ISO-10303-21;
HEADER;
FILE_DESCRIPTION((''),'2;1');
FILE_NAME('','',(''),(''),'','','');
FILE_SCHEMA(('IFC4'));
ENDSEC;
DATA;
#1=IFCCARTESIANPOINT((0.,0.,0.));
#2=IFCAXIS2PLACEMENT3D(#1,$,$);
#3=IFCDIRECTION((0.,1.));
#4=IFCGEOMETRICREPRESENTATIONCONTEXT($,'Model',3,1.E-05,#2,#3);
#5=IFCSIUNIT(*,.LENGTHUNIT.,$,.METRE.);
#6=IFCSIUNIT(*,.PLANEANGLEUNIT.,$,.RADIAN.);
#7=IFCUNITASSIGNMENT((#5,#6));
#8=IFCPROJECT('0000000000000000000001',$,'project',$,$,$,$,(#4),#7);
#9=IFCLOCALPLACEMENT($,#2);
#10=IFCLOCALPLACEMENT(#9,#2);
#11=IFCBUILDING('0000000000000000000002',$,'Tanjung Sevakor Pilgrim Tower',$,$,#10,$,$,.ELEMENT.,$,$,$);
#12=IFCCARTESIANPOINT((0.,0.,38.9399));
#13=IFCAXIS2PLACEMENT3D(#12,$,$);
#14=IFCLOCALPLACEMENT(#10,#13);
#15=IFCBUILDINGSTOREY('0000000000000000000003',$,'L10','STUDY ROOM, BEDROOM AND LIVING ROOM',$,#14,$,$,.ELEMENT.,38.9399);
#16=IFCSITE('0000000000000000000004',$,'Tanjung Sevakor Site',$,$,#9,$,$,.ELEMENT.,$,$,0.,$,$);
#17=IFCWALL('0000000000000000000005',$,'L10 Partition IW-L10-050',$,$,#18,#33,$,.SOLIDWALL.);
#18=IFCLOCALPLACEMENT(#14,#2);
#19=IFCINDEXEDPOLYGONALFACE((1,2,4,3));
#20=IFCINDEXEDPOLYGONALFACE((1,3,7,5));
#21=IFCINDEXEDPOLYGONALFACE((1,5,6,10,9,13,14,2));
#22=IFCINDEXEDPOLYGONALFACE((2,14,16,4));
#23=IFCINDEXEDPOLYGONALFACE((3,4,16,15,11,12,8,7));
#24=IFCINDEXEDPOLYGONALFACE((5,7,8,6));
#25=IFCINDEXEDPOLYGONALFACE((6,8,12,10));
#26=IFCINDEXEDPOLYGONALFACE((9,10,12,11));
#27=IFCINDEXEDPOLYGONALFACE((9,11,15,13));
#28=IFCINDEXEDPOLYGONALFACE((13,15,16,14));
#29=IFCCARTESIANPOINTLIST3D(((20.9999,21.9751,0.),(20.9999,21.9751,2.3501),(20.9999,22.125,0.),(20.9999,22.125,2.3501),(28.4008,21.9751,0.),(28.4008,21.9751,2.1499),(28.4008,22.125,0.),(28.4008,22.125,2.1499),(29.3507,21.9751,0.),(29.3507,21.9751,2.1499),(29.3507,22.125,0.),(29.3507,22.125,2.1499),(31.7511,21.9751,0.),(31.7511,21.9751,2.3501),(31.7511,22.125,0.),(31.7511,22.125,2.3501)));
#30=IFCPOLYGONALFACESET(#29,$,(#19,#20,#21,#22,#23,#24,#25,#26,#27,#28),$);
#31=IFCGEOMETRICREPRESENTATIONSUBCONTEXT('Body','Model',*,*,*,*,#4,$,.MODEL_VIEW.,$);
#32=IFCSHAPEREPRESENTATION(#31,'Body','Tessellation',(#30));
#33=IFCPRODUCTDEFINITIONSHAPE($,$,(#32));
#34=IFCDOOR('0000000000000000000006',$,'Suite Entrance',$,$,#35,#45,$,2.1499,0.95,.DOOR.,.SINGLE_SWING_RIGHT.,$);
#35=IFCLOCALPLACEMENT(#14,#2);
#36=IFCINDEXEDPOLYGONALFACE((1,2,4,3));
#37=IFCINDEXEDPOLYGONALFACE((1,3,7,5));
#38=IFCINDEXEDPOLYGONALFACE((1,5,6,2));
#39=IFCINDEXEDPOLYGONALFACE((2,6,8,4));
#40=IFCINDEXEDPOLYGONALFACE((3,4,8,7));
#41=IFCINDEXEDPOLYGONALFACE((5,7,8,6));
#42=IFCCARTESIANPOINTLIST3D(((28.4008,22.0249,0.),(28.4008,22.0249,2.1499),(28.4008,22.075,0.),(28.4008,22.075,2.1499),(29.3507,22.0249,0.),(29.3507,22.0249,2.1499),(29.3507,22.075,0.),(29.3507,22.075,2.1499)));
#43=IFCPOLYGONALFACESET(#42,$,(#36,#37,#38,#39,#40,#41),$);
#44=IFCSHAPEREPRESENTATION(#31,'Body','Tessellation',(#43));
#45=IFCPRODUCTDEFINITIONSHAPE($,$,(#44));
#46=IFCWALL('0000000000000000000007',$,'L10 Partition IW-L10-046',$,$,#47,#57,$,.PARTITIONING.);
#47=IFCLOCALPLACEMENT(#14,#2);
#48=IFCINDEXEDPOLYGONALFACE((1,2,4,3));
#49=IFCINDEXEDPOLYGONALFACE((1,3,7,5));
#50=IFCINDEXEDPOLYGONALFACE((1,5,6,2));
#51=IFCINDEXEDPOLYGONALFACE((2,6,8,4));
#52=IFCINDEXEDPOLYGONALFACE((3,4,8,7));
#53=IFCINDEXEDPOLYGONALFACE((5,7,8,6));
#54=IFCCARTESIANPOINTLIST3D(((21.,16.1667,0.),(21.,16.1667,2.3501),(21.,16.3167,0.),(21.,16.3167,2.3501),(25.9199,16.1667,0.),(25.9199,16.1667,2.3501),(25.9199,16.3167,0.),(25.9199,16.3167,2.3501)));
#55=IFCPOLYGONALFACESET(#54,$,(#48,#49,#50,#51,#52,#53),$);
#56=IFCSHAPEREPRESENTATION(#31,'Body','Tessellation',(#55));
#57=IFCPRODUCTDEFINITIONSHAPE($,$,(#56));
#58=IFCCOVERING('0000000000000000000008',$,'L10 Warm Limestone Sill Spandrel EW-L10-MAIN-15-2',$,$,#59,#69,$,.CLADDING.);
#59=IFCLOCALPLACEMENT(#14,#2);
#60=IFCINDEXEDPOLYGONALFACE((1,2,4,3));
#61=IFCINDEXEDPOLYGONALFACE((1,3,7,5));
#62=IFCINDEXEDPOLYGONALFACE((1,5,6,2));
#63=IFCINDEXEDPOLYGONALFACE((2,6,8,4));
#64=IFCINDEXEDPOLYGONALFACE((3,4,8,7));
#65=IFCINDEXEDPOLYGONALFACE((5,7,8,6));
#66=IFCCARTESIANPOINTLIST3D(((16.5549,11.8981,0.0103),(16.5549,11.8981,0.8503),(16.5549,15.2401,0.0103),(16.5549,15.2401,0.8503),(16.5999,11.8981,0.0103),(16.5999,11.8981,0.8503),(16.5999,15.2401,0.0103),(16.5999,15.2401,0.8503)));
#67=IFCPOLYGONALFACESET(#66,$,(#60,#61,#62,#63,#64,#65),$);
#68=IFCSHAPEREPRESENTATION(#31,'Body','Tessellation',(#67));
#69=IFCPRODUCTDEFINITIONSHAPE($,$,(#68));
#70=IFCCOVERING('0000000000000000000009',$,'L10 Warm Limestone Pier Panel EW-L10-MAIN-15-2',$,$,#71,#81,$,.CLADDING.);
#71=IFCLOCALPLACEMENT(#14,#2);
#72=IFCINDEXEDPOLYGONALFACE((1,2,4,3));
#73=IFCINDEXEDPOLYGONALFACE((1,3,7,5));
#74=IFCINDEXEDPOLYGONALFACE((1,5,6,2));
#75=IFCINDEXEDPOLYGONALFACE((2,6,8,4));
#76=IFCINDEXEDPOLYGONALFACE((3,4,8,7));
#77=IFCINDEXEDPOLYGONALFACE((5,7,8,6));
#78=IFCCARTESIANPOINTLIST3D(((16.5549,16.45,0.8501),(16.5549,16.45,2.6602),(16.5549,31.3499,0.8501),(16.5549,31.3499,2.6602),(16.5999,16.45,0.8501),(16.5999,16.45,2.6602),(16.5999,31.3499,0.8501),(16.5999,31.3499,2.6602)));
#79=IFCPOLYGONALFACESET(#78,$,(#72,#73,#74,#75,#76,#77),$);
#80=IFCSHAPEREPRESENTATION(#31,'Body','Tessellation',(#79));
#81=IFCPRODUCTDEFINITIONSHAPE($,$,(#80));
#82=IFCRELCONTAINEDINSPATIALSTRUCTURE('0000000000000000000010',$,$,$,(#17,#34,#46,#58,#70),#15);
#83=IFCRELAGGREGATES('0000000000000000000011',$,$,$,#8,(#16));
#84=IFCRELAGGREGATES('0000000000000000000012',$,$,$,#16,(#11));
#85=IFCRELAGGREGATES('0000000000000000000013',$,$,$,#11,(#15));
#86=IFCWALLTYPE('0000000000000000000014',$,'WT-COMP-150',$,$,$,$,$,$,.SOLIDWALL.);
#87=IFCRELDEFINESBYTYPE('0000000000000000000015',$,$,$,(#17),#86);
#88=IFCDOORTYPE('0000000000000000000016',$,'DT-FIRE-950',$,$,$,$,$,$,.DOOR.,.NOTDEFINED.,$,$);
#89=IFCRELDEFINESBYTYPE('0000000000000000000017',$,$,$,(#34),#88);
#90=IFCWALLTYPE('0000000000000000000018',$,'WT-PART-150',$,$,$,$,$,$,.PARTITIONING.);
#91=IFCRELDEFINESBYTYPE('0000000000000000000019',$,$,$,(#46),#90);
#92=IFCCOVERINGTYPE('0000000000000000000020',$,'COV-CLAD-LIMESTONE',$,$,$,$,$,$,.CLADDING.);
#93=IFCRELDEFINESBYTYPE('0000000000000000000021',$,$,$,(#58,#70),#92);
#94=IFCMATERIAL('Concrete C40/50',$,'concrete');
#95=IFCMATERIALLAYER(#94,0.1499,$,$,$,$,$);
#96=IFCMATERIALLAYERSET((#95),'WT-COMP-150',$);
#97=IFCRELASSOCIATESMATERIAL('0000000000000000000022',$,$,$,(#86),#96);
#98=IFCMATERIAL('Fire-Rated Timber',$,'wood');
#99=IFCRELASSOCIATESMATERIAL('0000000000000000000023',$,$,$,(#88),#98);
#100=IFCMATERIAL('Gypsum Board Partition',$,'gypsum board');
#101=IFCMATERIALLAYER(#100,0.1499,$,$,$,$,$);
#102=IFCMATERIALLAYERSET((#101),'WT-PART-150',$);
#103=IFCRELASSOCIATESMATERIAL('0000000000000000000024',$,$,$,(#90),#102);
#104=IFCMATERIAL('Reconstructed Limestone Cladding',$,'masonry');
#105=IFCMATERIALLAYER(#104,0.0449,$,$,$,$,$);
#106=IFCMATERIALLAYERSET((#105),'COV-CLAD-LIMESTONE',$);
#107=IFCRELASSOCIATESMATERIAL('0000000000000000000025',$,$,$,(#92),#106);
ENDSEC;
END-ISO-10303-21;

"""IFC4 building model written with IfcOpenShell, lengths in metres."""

from ifc_helpers import new_model, si_unit, direction, frame, frame_2d, origin, origin_2d, place, context, subcontext, project, spatial, rectangle, extrude, material, layer, layer_set, type_object, element, fill, save


model = new_model("IFC4")

# Units and contexts
model_context = context("Model", 3, precision=1e-05, world=origin(), true_north=direction((0.0, 1.0)))
body_context = subcontext(model_context, "Body", "Model", "MODEL_VIEW")
ifc_project = project(units=[si_unit("LENGTHUNIT", "METRE"), si_unit("PLANEANGLEUNIT", "RADIAN")], contexts=[model_context])

# Site, building, storey
site_placement = place(None, origin())
site = spatial("IfcSite", under=ifc_project, at=site_placement, Name="Tanjung Sevakor Site", CompositionType="ELEMENT", RefElevation=0.0)
building_placement = place(site_placement, origin())
building = spatial("IfcBuilding", under=site, at=building_placement, Name="Tanjung Sevakor Pilgrim Tower", CompositionType="ELEMENT")
storey_placement = place(building_placement, frame((0.0, 0.0, 38.9399)))
storey = spatial("IfcBuildingStorey", under=building, at=storey_placement, Name="L10", Description="STUDY ROOM, BEDROOM AND LIVING ROOM", CompositionType="ELEMENT", Elevation=38.9399)

# Wall, opening, door
ifc_material_1 = material(Name="Concrete C40/50", Category="concrete")
ifc_layer_1 = layer(ifc_material_1, 0.1499)
ifc_layer_set_1 = layer_set([ifc_layer_1], Name="WT-COMP-150")
wall_type_1 = type_object("IfcWallType", Name="WT-COMP-150", PredefinedType="SOLIDWALL", material=ifc_layer_set_1)
ifc_material_2 = material(Name="Fire-Rated Timber", Category="wood")
door_type = type_object("IfcDoorType", Name="DT-FIRE-950", OperationType="NOTDEFINED", PredefinedType="DOOR", material=ifc_material_2)
wall_1_placement = place(storey_placement, frame((21.0, 22.05, 0.0), z_axis=(0.0, 0.0, 1.0), x_axis=(1.0, 0.0, 0.0)))
wall_1 = element("IfcWall", 1, at=wall_1_placement, inside=storey, type_object=wall_type_1, Name="L10 Partition IW-L10-050", PredefinedType="SOLIDWALL", context=body_context, shape_type="SweptSolid", body=[
    extrude(rectangle(XDim=10.7512, YDim=0.1499, at=frame_2d((5.3755, 0.0))), origin(), (0.0, 0.0, 1.0), 2.3501),
])
opening_1_placement = place(wall_1_placement, frame((7.4006, 0.0, 0.0)))
opening_1 = element("IfcOpeningElement", 2, at=opening_1_placement, cuts=wall_1, PredefinedType="OPENING", context=body_context, shape_type="SweptSolid", body=[
    extrude(rectangle(XDim=0.95, YDim=2.1499, at=frame_2d((0.4751, 1.075))), frame((0.0, 0.085, 0.0), z_axis=(0.0, -1.0, 0.0), x_axis=(1.0, 0.0, 0.0)), (0.0, 0.0, 1.0), 0.1699),
])
door_1_placement = place(opening_1_placement, origin())
door_1 = element("IfcDoor", 3, at=door_1_placement, inside=storey, type_object=door_type, Name="Suite Entrance", OperationType="SINGLE_SWING_RIGHT", OverallHeight=2.1499, OverallWidth=0.95, PredefinedType="DOOR", context=body_context, shape_type="SweptSolid", body=[
    extrude(rectangle(XDim=0.95, YDim=2.1499, at=frame_2d((0.4751, 1.075))), frame((0.0, 0.0249, 0.0), z_axis=(0.0, -1.0, 0.0), x_axis=(1.0, 0.0, 0.0)), (0.0, 0.0, 1.0), 0.05),
])
fill(opening_1, door_1)

# Wall
ifc_material_3 = material(Name="Gypsum Board Partition", Category="gypsum board")
ifc_layer_2 = layer(ifc_material_3, 0.1499)
ifc_layer_set_2 = layer_set([ifc_layer_2], Name="WT-PART-150")
wall_type_2 = type_object("IfcWallType", Name="WT-PART-150", PredefinedType="PARTITIONING", material=ifc_layer_set_2)
wall_2_placement = place(storey_placement, frame((21.0, 16.2417, 0.0), z_axis=(0.0, 0.0, 1.0), x_axis=(1.0, 0.0, 0.0)))
element("IfcWall", 4, at=wall_2_placement, inside=storey, type_object=wall_type_2, Name="L10 Partition IW-L10-046", PredefinedType="PARTITIONING", context=body_context, shape_type="SweptSolid", body=[
    extrude(rectangle(XDim=4.9199, YDim=0.1499, at=frame_2d((2.46, 0.0))), origin(), (0.0, 0.0, 1.0), 2.3501),
])

# Coverings
ifc_material_4 = material(Name="Reconstructed Limestone Cladding", Category="masonry")
ifc_layer_3 = layer(ifc_material_4, 0.0449)
ifc_layer_set_3 = layer_set([ifc_layer_3], Name="COV-CLAD-LIMESTONE")
covering_type = type_object("IfcCoveringType", Name="COV-CLAD-LIMESTONE", PredefinedType="CLADDING", material=ifc_layer_set_3)
covering_1_placement = place(storey_placement, frame((16.5774, 13.5691, 0.0103), z_axis=(0.0, 0.0, 1.0), x_axis=(0.0, -1.0, 0.0)))
element("IfcCovering", 5, at=covering_1_placement, inside=storey, type_object=covering_type, Name="L10 Warm Limestone Sill Spandrel EW-L10-MAIN-15-2", PredefinedType="CLADDING", context=body_context, shape_type="SweptSolid", body=[
    extrude(rectangle(XDim=3.342, YDim=0.0449, at=origin_2d()), origin(), (0.0, 0.0, 1.0), 0.8401),
])
covering_2_placement = place(storey_placement, frame((16.5774, 23.8999, 0.8501), z_axis=(0.0, 0.0, 1.0), x_axis=(0.0, -1.0, 0.0)))
element("IfcCovering", 6, at=covering_2_placement, inside=storey, type_object=covering_type, Name="L10 Warm Limestone Pier Panel EW-L10-MAIN-15-2", PredefinedType="CLADDING", context=body_context, shape_type="SweptSolid", body=[
    extrude(rectangle(XDim=14.8999, YDim=0.0449, at=origin_2d()), origin(), (0.0, 0.0, 1.0), 1.8101),
])

save(model, "model.ifc")
